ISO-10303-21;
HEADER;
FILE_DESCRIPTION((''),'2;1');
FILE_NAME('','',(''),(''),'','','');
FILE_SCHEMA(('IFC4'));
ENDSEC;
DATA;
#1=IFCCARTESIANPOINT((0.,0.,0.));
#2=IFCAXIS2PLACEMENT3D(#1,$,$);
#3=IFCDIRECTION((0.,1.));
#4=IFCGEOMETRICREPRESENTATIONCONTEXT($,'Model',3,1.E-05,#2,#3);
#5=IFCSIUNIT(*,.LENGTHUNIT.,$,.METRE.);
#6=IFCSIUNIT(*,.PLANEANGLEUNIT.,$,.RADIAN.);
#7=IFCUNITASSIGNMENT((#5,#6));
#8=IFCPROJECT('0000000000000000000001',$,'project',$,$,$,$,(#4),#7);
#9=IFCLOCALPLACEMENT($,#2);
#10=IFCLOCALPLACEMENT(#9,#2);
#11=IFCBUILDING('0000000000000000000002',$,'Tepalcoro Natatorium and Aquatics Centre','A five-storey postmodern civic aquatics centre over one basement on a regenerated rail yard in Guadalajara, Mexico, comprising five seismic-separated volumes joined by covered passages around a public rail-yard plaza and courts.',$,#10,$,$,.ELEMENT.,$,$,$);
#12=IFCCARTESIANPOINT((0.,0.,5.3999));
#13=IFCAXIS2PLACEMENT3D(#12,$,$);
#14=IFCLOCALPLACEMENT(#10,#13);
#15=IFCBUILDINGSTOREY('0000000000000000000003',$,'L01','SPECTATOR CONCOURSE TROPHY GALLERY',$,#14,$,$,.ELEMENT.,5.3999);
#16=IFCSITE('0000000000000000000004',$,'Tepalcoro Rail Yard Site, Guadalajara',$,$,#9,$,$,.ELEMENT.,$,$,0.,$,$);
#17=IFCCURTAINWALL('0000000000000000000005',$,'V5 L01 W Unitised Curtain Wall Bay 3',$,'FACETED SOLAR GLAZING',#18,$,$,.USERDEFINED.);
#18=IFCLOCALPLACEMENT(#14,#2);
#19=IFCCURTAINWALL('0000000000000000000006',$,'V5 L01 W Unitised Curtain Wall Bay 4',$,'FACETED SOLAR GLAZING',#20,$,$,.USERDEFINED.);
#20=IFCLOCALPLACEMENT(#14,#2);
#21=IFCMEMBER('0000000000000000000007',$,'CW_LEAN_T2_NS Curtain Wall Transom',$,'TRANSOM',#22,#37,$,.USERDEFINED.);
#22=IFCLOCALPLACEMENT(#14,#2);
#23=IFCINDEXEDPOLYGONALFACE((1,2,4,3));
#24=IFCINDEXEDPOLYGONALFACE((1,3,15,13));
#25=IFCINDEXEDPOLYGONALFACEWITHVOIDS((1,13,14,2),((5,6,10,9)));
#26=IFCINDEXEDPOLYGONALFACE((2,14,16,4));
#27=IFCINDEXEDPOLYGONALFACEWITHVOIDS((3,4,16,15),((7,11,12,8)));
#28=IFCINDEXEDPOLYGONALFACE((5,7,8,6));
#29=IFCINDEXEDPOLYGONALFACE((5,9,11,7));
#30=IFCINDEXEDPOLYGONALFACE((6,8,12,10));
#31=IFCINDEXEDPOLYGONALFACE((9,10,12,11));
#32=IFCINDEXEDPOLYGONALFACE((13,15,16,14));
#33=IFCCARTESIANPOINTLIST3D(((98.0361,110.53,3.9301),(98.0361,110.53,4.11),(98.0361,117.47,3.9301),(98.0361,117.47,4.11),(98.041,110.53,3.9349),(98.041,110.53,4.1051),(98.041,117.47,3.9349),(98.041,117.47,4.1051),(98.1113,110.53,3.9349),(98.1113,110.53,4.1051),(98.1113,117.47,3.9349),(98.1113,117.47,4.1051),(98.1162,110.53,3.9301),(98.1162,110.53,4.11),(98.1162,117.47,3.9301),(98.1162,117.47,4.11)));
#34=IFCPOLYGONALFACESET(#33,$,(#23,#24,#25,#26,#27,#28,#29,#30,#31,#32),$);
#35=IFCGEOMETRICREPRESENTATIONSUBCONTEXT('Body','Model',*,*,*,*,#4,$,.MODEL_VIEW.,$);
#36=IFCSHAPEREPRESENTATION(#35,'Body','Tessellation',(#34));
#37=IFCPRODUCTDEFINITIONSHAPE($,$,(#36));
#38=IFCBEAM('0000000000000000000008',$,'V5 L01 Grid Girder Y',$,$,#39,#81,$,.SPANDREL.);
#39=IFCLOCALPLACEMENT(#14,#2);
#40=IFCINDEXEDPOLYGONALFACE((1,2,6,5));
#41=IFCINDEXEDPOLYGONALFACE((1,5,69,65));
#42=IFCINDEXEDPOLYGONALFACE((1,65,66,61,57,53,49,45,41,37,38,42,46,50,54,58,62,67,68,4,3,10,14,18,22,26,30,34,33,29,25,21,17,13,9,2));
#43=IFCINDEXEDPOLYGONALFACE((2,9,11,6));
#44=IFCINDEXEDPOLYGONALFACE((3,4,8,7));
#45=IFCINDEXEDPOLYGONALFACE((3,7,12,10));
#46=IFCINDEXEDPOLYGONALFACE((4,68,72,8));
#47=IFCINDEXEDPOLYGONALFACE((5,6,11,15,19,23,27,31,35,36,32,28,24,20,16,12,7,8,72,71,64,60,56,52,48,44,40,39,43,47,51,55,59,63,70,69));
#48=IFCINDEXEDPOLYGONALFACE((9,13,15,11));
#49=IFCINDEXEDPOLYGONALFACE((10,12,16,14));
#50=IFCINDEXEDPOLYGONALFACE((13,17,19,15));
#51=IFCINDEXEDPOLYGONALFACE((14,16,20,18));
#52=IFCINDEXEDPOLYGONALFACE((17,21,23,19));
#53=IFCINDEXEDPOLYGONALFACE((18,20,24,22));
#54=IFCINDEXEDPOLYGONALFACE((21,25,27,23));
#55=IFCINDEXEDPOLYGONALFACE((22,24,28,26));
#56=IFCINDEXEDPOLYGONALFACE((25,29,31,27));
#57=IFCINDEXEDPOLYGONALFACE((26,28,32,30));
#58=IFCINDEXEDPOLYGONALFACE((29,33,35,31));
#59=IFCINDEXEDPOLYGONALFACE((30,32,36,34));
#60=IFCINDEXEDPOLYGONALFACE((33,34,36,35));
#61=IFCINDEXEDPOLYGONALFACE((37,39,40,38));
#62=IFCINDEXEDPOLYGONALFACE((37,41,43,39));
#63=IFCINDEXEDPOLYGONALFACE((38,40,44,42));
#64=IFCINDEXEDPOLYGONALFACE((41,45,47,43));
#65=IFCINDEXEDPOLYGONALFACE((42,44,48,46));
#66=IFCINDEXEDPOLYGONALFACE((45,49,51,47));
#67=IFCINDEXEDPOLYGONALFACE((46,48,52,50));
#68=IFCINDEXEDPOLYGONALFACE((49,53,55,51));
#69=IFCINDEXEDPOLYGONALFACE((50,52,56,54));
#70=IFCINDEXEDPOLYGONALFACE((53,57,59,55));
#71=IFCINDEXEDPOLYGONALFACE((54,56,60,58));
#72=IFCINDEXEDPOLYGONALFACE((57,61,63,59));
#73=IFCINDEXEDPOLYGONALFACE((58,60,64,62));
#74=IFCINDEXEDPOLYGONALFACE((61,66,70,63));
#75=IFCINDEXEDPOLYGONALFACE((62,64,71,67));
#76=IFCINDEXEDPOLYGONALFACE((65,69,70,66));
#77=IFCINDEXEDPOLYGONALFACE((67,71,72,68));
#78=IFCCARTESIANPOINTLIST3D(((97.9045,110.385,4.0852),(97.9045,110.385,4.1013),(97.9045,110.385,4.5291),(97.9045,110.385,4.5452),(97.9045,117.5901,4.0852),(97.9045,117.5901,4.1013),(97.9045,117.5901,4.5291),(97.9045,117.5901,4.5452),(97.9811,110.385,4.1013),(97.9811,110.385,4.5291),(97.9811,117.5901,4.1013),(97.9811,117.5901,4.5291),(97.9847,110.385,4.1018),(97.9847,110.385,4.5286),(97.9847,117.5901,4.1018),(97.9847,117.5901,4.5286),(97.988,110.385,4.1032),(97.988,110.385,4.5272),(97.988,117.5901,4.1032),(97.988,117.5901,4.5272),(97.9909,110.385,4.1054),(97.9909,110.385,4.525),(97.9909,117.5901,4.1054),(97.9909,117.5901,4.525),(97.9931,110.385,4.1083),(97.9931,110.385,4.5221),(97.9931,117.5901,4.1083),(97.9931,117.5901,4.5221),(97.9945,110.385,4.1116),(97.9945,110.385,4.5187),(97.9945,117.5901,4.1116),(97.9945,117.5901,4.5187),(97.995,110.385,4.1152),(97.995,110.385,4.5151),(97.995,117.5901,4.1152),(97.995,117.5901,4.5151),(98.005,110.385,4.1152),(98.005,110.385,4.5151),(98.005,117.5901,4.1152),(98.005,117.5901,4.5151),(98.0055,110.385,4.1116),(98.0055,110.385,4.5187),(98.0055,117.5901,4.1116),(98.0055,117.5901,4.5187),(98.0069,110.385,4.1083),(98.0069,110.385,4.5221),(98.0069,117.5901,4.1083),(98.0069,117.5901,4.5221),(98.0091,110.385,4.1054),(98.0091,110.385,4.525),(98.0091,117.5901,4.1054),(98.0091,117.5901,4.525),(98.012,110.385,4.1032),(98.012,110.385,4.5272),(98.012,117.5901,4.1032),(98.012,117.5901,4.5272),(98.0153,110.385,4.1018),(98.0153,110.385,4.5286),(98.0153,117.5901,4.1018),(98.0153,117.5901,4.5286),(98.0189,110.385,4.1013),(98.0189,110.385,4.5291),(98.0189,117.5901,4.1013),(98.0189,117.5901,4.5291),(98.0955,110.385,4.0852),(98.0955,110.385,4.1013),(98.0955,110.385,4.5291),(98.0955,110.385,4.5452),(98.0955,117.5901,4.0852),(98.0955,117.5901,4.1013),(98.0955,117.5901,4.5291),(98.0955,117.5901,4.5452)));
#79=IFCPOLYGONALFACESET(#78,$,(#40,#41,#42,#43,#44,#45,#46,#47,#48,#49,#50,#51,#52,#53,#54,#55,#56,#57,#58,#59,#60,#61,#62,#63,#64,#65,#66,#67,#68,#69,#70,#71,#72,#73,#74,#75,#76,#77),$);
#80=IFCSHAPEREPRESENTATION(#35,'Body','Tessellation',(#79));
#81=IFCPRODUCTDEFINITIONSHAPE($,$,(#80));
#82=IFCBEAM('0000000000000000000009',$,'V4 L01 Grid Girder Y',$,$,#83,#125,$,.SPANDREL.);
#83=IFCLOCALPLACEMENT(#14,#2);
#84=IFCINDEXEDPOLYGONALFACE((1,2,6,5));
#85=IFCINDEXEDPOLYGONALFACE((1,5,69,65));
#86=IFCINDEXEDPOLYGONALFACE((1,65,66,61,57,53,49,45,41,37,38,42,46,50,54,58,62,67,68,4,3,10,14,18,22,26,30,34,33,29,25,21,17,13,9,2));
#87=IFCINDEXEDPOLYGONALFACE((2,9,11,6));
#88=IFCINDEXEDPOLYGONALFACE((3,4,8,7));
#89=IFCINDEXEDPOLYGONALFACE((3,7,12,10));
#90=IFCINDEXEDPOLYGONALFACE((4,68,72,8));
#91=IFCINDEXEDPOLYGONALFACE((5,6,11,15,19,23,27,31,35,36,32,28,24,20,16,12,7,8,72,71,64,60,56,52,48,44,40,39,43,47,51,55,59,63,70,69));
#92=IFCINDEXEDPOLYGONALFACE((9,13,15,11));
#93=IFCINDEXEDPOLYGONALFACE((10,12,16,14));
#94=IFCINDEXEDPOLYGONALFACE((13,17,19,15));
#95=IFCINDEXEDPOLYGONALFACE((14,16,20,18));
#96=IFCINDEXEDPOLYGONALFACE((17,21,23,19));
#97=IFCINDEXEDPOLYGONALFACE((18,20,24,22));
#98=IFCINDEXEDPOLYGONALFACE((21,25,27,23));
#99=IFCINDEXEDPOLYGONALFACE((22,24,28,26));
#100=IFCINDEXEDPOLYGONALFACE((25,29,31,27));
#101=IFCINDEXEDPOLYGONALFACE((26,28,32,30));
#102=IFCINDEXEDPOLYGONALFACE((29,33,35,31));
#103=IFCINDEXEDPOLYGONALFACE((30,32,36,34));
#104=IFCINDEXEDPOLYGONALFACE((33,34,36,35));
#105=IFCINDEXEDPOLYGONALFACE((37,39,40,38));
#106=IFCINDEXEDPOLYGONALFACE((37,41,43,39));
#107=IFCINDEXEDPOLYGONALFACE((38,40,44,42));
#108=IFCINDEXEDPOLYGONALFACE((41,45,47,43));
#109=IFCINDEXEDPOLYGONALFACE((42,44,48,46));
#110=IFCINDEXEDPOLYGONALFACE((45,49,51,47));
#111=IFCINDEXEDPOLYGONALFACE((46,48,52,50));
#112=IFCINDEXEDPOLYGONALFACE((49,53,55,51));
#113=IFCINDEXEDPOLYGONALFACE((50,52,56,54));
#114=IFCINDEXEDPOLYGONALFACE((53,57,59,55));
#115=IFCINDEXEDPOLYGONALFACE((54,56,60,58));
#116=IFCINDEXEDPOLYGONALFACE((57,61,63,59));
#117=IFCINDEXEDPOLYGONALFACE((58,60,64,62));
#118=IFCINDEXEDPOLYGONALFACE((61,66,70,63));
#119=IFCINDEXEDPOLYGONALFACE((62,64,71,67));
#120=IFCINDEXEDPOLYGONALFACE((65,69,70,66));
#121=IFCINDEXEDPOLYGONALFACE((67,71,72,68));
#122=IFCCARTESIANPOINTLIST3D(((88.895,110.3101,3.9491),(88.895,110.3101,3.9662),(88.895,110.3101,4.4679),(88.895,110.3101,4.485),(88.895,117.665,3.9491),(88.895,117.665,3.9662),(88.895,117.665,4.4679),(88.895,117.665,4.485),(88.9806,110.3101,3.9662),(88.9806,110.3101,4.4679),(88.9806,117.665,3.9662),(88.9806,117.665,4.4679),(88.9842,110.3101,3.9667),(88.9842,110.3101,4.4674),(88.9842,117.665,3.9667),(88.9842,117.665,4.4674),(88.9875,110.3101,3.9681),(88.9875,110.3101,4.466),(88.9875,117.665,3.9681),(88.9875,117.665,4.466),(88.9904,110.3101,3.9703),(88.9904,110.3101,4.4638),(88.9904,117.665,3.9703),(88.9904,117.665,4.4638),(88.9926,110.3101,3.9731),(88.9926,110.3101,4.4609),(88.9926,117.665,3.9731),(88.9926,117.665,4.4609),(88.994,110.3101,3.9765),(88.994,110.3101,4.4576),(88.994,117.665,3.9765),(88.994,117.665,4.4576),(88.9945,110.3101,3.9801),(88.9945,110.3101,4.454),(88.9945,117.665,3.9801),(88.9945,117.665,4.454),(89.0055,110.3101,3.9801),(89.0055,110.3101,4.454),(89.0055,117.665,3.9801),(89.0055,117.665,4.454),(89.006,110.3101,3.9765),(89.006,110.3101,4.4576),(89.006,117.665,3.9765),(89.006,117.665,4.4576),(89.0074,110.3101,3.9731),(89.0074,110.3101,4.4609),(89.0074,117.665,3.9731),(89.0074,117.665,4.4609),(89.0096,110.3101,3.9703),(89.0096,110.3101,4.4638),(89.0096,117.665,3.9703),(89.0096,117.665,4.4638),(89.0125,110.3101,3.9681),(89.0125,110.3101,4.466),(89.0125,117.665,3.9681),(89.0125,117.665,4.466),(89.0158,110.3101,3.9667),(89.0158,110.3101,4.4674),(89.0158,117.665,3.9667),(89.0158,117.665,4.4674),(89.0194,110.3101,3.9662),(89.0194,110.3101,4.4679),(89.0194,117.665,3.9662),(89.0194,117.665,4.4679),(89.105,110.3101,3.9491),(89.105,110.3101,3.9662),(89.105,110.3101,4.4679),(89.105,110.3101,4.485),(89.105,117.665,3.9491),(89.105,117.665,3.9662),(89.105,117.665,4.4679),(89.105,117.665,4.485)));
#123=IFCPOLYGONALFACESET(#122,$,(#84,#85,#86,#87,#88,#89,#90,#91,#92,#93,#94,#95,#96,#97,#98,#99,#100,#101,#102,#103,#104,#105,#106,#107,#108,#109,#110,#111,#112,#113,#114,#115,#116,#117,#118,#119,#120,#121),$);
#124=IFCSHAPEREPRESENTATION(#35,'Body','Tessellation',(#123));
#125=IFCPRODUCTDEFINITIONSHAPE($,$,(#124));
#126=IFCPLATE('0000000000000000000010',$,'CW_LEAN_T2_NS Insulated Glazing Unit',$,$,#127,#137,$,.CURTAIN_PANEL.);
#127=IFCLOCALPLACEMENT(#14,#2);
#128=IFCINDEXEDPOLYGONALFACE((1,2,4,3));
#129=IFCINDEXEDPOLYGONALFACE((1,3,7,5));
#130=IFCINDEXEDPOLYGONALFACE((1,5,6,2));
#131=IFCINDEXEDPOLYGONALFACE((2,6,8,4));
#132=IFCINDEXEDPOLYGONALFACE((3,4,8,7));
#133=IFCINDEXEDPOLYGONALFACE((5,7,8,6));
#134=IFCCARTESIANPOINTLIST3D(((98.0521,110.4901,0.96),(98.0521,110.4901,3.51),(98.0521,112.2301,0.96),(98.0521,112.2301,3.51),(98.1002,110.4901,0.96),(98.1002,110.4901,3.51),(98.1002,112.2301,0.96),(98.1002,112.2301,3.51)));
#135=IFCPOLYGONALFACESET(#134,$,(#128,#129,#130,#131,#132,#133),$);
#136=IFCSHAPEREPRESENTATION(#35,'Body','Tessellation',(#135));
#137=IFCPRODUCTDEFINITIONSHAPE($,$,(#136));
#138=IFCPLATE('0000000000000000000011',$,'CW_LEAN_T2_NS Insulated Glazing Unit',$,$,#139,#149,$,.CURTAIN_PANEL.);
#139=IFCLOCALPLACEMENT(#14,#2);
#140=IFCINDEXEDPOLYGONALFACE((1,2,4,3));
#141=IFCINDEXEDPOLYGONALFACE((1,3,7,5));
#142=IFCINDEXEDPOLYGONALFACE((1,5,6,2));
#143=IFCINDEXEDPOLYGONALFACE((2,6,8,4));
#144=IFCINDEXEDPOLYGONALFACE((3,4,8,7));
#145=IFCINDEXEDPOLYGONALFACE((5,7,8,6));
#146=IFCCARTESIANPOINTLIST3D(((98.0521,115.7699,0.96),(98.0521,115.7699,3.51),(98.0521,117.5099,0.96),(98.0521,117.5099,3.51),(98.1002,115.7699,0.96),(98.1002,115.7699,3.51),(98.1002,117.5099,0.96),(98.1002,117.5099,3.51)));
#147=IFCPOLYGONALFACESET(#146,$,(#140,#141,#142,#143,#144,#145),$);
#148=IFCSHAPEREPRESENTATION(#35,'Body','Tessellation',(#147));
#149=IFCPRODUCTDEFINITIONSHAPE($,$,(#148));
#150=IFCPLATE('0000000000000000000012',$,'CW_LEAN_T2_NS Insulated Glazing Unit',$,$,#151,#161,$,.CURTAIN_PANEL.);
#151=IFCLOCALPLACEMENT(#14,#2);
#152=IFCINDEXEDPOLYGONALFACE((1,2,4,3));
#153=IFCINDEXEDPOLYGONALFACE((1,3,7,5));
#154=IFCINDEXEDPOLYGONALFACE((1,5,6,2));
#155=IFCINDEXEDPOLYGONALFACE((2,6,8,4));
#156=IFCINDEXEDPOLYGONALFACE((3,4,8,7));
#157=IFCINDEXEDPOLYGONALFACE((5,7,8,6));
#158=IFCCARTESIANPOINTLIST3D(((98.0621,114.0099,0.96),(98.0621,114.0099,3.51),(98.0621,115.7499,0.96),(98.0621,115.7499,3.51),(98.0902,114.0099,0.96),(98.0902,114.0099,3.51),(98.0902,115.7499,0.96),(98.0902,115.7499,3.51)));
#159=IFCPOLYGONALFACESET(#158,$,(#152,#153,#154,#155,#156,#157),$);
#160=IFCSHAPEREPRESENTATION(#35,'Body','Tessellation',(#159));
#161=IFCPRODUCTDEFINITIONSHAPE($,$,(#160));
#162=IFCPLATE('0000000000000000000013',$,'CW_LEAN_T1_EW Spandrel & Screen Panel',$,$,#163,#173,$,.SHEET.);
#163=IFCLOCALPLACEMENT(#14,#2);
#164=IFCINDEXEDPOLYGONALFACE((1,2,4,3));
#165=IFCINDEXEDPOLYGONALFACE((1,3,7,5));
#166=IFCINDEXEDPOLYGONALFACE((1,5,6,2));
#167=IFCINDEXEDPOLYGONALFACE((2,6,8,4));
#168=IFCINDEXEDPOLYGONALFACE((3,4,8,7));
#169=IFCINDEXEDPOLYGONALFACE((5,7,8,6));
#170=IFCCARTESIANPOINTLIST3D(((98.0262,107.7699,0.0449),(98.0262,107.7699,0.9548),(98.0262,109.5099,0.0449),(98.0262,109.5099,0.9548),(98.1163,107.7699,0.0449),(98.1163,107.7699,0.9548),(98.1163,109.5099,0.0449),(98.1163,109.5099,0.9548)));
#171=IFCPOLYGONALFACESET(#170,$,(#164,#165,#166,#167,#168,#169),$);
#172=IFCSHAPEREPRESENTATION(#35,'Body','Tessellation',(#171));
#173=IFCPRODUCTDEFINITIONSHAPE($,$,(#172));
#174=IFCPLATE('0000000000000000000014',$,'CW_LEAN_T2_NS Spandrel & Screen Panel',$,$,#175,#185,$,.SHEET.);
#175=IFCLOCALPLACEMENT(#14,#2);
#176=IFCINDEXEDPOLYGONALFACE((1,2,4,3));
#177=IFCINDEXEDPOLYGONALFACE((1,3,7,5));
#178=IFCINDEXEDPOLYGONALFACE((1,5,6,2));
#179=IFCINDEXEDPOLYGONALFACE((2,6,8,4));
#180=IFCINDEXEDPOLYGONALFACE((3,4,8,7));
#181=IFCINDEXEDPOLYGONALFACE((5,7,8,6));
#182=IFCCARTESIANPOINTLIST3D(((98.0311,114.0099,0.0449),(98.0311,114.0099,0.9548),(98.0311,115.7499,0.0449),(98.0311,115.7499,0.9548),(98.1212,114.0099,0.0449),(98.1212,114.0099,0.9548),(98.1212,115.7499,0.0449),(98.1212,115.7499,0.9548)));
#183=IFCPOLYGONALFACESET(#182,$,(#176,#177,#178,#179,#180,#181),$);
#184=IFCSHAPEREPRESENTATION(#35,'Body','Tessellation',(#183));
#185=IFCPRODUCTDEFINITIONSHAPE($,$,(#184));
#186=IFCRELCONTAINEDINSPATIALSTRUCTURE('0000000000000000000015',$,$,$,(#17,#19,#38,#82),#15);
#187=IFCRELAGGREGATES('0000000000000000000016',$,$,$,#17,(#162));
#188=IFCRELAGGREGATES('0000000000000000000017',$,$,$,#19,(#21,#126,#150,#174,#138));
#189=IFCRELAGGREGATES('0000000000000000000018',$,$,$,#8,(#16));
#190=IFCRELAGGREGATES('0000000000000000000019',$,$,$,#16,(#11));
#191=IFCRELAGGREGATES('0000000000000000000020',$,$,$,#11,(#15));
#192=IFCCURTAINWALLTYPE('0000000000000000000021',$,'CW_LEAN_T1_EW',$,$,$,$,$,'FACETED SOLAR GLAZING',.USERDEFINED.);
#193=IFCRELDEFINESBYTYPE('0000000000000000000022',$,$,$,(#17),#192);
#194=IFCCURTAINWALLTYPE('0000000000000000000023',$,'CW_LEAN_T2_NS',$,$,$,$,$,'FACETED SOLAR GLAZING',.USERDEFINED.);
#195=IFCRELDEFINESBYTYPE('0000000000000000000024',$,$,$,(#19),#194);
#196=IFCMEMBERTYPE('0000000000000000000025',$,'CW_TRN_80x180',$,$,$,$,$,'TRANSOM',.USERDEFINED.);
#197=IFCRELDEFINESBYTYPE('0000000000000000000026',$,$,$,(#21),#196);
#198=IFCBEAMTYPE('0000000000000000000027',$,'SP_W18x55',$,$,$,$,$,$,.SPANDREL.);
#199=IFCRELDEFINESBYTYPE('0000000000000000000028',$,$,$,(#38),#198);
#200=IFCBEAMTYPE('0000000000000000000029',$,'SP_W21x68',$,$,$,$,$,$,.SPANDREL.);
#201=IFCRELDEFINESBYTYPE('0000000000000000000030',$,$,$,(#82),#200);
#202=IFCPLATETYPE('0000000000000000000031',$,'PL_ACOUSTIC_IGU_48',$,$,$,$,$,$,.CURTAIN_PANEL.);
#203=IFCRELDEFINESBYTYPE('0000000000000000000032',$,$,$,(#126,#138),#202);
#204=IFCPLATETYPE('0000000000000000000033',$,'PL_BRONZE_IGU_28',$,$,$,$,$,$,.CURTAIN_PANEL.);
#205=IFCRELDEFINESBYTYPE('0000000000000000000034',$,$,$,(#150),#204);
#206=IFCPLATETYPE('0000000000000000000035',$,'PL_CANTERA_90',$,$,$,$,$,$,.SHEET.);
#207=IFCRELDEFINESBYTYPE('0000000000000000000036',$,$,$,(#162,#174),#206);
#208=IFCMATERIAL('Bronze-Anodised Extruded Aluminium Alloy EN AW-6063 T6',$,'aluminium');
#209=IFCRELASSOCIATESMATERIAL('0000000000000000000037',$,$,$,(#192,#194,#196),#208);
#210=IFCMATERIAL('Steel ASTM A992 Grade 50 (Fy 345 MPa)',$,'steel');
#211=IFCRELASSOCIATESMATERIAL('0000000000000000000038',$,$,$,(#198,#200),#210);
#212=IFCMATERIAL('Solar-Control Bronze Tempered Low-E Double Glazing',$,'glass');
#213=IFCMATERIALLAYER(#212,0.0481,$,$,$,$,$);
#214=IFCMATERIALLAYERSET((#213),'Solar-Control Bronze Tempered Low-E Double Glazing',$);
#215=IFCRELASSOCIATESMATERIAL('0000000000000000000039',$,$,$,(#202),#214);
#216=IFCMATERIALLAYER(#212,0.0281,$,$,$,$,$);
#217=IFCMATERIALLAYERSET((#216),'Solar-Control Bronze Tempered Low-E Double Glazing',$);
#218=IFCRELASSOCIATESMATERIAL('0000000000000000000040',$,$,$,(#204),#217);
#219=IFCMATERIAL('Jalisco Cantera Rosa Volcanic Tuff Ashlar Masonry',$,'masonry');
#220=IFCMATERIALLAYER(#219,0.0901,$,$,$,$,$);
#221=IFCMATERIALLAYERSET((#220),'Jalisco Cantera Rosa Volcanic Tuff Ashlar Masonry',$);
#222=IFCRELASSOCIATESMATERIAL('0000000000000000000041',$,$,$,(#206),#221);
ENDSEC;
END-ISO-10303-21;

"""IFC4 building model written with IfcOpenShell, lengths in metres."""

from ifc_helpers import new_model, si_unit, direction, frame, origin, origin_2d, place, context, subcontext, project, spatial, rectangle, hollow_rectangle, i_section, extrude, material, layer, layer_set, material_profile, profile_set, type_object, element, aggregate, save


model = new_model("IFC4")

# Units and contexts
model_context = context("Model", 3, precision=1e-05, world=origin(), true_north=direction((0.0, 1.0)))
body_context = subcontext(model_context, "Body", "Model", "MODEL_VIEW")
ifc_project = project(units=[si_unit("LENGTHUNIT", "METRE"), si_unit("PLANEANGLEUNIT", "RADIAN")], contexts=[model_context])

# Site, building, storey
site_placement = place(None, origin())
site = spatial("IfcSite", under=ifc_project, at=site_placement, Name="Tepalcoro Rail Yard Site, Guadalajara", CompositionType="ELEMENT", RefElevation=0.0)
building_placement = place(site_placement, origin())
building = spatial("IfcBuilding", under=site, at=building_placement, Name="Tepalcoro Natatorium and Aquatics Centre", Description="A five-storey postmodern civic aquatics centre over one basement on a regenerated rail yard in Guadalajara, Mexico, comprising five seismic-separated volumes joined by covered passages around a public rail-yard plaza and courts.", CompositionType="ELEMENT")
storey_placement = place(building_placement, frame((0.0, 0.0, 5.3999)))
storey = spatial("IfcBuildingStorey", under=building, at=storey_placement, Name="L01", Description="SPECTATOR CONCOURSE TROPHY GALLERY", CompositionType="ELEMENT", Elevation=5.3999)

# Curtain wall
ifc_material_1 = material(Name="Bronze-Anodised Extruded Aluminium Alloy EN AW-6063 T6", Category="aluminium")
curtain_wall_type_1 = type_object("IfcCurtainWallType", Name="CW_LEAN_T1_EW", ElementType="FACETED SOLAR GLAZING", PredefinedType="USERDEFINED", material=ifc_material_1)
curtain_wall_1_placement = place(storey_placement, origin())
curtain_wall_1 = element("IfcCurtainWall", 1, at=curtain_wall_1_placement, inside=storey, type_object=curtain_wall_type_1, Name="V5 L01 W Unitised Curtain Wall Bay 3", ObjectType="FACETED SOLAR GLAZING", PredefinedType="USERDEFINED")

# Curtain wall, member
curtain_wall_type_2 = type_object("IfcCurtainWallType", Name="CW_LEAN_T2_NS", ElementType="FACETED SOLAR GLAZING", PredefinedType="USERDEFINED", material=ifc_material_1)
curtain_wall_2_placement = place(storey_placement, origin())
curtain_wall_2 = element("IfcCurtainWall", 2, at=curtain_wall_2_placement, inside=storey, type_object=curtain_wall_type_2, Name="V5 L01 W Unitised Curtain Wall Bay 4", ObjectType="FACETED SOLAR GLAZING", PredefinedType="USERDEFINED")
ifc_material_profile_1 = material_profile(ifc_material_1, hollow_rectangle(XDim=0.0801, YDim=0.1799, WallThickness=0.0049, at=origin_2d()), Name="AL80X180X5")
ifc_profile_set_1 = profile_set([ifc_material_profile_1], Name="Bronze-Anodised Extruded Aluminium Alloy EN AW-6063 T6")
member_type_1 = type_object("IfcMemberType", Name="CW_TRN_80x180", ElementType="TRANSOM", PredefinedType="USERDEFINED", material=ifc_profile_set_1)
member_1_placement = place(storey_placement, frame((98.0762, 110.53, 4.02), z_axis=(0.0, 1.0, 0.0), x_axis=(-1.0, 0.0, 0.0)))
member_1 = element("IfcMember", 3, at=member_1_placement, type_object=member_type_1, Name="CW_LEAN_T2_NS Curtain Wall Transom", ObjectType="TRANSOM", PredefinedType="USERDEFINED", context=body_context, shape_type="SweptSolid", body=[
    extrude(hollow_rectangle(XDim=0.0801, YDim=0.1799, WallThickness=0.0049, at=origin_2d()), origin(), (0.0, 0.0, 1.0), 6.9399),
])

# Beams
ifc_material_2 = material(Name="Steel ASTM A992 Grade 50 (Fy 345 MPa)", Category="steel")
ifc_material_profile_2 = material_profile(ifc_material_2, i_section(OverallWidth=0.1909, OverallDepth=0.46, WebThickness=0.01, FlangeThickness=0.0161, FilletRadius=0.0139, at=origin_2d()), Name="W18X55")
ifc_profile_set_2 = profile_set([ifc_material_profile_2], Name="Steel ASTM A992 Grade 50 (Fy 345 MPa)")
beam_type_1 = type_object("IfcBeamType", Name="SP_W18x55", PredefinedType="SPANDREL", material=ifc_profile_set_2)
beam_1_placement = place(storey_placement, frame((98.0, 110.385, 4.3152), z_axis=(0.0, 1.0, 0.0), x_axis=(-1.0, 0.0, 0.0)))
element("IfcBeam", 4, at=beam_1_placement, inside=storey, type_object=beam_type_1, Name="V5 L01 Grid Girder Y", PredefinedType="SPANDREL", context=body_context, shape_type="SweptSolid", body=[
    extrude(i_section(OverallWidth=0.1909, OverallDepth=0.46, WebThickness=0.01, FlangeThickness=0.0161, FilletRadius=0.0139, at=origin_2d()), origin(), (0.0, 0.0, 1.0), 7.2051),
])
ifc_material_profile_3 = material_profile(ifc_material_2, i_section(OverallWidth=0.21, OverallDepth=0.5359, WebThickness=0.011, FlangeThickness=0.0171, FilletRadius=0.0139, at=origin_2d()), Name="W21X68")
ifc_profile_set_3 = profile_set([ifc_material_profile_3], Name="Steel ASTM A992 Grade 50 (Fy 345 MPa)")
beam_type_2 = type_object("IfcBeamType", Name="SP_W21x68", PredefinedType="SPANDREL", material=ifc_profile_set_3)
beam_2_placement = place(storey_placement, frame((89.0, 110.3101, 4.217), z_axis=(0.0, 1.0, 0.0), x_axis=(-1.0, 0.0, 0.0)))
element("IfcBeam", 5, at=beam_2_placement, inside=storey, type_object=beam_type_2, Name="V4 L01 Grid Girder Y", PredefinedType="SPANDREL", context=body_context, shape_type="SweptSolid", body=[
    extrude(i_section(OverallWidth=0.21, OverallDepth=0.5359, WebThickness=0.011, FlangeThickness=0.0171, FilletRadius=0.0139, at=origin_2d()), origin(), (0.0, 0.0, 1.0), 7.355),
])

# Plates
ifc_material_3 = material(Name="Solar-Control Bronze Tempered Low-E Double Glazing", Category="glass")
ifc_layer_1 = layer(ifc_material_3, 0.0481)
ifc_layer_set_1 = layer_set([ifc_layer_1], Name="Solar-Control Bronze Tempered Low-E Double Glazing")
plate_type_1 = type_object("IfcPlateType", Name="PL_ACOUSTIC_IGU_48", PredefinedType="CURTAIN_PANEL", material=ifc_layer_set_1)
plate_1_placement = place(storey_placement, frame((98.0762, 111.3601, 0.96), z_axis=(0.0, 0.0, 1.0), x_axis=(1.0, 0.0, 0.0)))
plate_1 = element("IfcPlate", 6, at=plate_1_placement, type_object=plate_type_1, Name="CW_LEAN_T2_NS Insulated Glazing Unit", PredefinedType="CURTAIN_PANEL", context=body_context, shape_type="SweptSolid", body=[
    extrude(rectangle(XDim=0.0481, YDim=1.74, at=origin_2d()), origin(), (0.0, 0.0, 1.0), 2.55),
])
plate_2_placement = place(storey_placement, frame((98.0762, 116.6399, 0.96), z_axis=(0.0, 0.0, 1.0), x_axis=(1.0, 0.0, 0.0)))
plate_2 = element("IfcPlate", 7, at=plate_2_placement, type_object=plate_type_1, Name="CW_LEAN_T2_NS Insulated Glazing Unit", PredefinedType="CURTAIN_PANEL", context=body_context, shape_type="SweptSolid", body=[
    extrude(rectangle(XDim=0.0481, YDim=1.74, at=origin_2d()), origin(), (0.0, 0.0, 1.0), 2.55),
])
ifc_layer_2 = layer(ifc_material_3, 0.0281)
ifc_layer_set_2 = layer_set([ifc_layer_2], Name="Solar-Control Bronze Tempered Low-E Double Glazing")
plate_type_2 = type_object("IfcPlateType", Name="PL_BRONZE_IGU_28", PredefinedType="CURTAIN_PANEL", material=ifc_layer_set_2)
plate_3_placement = place(storey_placement, frame((98.0762, 114.8799, 0.96), z_axis=(0.0, 0.0, 1.0), x_axis=(1.0, 0.0, 0.0)))
plate_3 = element("IfcPlate", 8, at=plate_3_placement, type_object=plate_type_2, Name="CW_LEAN_T2_NS Insulated Glazing Unit", PredefinedType="CURTAIN_PANEL", context=body_context, shape_type="SweptSolid", body=[
    extrude(rectangle(XDim=0.0281, YDim=1.74, at=origin_2d()), origin(), (0.0, 0.0, 1.0), 2.55),
])
ifc_material_4 = material(Name="Jalisco Cantera Rosa Volcanic Tuff Ashlar Masonry", Category="masonry")
ifc_layer_3 = layer(ifc_material_4, 0.0901)
ifc_layer_set_3 = layer_set([ifc_layer_3], Name="Jalisco Cantera Rosa Volcanic Tuff Ashlar Masonry")
plate_type_3 = type_object("IfcPlateType", Name="PL_CANTERA_90", PredefinedType="SHEET", material=ifc_layer_set_3)
plate_4_placement = place(storey_placement, frame((98.0713, 108.6399, 0.0449), z_axis=(0.0, 0.0, 1.0), x_axis=(1.0, 0.0, 0.0)))
plate_4 = element("IfcPlate", 9, at=plate_4_placement, type_object=plate_type_3, Name="CW_LEAN_T1_EW Spandrel & Screen Panel", PredefinedType="SHEET", context=body_context, shape_type="SweptSolid", body=[
    extrude(rectangle(XDim=0.0901, YDim=1.74, at=origin_2d()), origin(), (0.0, 0.0, 1.0), 0.9099),
])
aggregate(curtain_wall_1, [plate_4])
plate_5_placement = place(storey_placement, frame((98.0762, 114.8799, 0.0449), z_axis=(0.0, 0.0, 1.0), x_axis=(1.0, 0.0, 0.0)))
plate_5 = element("IfcPlate", 10, at=plate_5_placement, type_object=plate_type_3, Name="CW_LEAN_T2_NS Spandrel & Screen Panel", PredefinedType="SHEET", context=body_context, shape_type="SweptSolid", body=[
    extrude(rectangle(XDim=0.0901, YDim=1.74, at=origin_2d()), origin(), (0.0, 0.0, 1.0), 0.9099),
])
aggregate(curtain_wall_2, [member_1, plate_1, plate_3, plate_5, plate_2])

save(model, "model.ifc")
